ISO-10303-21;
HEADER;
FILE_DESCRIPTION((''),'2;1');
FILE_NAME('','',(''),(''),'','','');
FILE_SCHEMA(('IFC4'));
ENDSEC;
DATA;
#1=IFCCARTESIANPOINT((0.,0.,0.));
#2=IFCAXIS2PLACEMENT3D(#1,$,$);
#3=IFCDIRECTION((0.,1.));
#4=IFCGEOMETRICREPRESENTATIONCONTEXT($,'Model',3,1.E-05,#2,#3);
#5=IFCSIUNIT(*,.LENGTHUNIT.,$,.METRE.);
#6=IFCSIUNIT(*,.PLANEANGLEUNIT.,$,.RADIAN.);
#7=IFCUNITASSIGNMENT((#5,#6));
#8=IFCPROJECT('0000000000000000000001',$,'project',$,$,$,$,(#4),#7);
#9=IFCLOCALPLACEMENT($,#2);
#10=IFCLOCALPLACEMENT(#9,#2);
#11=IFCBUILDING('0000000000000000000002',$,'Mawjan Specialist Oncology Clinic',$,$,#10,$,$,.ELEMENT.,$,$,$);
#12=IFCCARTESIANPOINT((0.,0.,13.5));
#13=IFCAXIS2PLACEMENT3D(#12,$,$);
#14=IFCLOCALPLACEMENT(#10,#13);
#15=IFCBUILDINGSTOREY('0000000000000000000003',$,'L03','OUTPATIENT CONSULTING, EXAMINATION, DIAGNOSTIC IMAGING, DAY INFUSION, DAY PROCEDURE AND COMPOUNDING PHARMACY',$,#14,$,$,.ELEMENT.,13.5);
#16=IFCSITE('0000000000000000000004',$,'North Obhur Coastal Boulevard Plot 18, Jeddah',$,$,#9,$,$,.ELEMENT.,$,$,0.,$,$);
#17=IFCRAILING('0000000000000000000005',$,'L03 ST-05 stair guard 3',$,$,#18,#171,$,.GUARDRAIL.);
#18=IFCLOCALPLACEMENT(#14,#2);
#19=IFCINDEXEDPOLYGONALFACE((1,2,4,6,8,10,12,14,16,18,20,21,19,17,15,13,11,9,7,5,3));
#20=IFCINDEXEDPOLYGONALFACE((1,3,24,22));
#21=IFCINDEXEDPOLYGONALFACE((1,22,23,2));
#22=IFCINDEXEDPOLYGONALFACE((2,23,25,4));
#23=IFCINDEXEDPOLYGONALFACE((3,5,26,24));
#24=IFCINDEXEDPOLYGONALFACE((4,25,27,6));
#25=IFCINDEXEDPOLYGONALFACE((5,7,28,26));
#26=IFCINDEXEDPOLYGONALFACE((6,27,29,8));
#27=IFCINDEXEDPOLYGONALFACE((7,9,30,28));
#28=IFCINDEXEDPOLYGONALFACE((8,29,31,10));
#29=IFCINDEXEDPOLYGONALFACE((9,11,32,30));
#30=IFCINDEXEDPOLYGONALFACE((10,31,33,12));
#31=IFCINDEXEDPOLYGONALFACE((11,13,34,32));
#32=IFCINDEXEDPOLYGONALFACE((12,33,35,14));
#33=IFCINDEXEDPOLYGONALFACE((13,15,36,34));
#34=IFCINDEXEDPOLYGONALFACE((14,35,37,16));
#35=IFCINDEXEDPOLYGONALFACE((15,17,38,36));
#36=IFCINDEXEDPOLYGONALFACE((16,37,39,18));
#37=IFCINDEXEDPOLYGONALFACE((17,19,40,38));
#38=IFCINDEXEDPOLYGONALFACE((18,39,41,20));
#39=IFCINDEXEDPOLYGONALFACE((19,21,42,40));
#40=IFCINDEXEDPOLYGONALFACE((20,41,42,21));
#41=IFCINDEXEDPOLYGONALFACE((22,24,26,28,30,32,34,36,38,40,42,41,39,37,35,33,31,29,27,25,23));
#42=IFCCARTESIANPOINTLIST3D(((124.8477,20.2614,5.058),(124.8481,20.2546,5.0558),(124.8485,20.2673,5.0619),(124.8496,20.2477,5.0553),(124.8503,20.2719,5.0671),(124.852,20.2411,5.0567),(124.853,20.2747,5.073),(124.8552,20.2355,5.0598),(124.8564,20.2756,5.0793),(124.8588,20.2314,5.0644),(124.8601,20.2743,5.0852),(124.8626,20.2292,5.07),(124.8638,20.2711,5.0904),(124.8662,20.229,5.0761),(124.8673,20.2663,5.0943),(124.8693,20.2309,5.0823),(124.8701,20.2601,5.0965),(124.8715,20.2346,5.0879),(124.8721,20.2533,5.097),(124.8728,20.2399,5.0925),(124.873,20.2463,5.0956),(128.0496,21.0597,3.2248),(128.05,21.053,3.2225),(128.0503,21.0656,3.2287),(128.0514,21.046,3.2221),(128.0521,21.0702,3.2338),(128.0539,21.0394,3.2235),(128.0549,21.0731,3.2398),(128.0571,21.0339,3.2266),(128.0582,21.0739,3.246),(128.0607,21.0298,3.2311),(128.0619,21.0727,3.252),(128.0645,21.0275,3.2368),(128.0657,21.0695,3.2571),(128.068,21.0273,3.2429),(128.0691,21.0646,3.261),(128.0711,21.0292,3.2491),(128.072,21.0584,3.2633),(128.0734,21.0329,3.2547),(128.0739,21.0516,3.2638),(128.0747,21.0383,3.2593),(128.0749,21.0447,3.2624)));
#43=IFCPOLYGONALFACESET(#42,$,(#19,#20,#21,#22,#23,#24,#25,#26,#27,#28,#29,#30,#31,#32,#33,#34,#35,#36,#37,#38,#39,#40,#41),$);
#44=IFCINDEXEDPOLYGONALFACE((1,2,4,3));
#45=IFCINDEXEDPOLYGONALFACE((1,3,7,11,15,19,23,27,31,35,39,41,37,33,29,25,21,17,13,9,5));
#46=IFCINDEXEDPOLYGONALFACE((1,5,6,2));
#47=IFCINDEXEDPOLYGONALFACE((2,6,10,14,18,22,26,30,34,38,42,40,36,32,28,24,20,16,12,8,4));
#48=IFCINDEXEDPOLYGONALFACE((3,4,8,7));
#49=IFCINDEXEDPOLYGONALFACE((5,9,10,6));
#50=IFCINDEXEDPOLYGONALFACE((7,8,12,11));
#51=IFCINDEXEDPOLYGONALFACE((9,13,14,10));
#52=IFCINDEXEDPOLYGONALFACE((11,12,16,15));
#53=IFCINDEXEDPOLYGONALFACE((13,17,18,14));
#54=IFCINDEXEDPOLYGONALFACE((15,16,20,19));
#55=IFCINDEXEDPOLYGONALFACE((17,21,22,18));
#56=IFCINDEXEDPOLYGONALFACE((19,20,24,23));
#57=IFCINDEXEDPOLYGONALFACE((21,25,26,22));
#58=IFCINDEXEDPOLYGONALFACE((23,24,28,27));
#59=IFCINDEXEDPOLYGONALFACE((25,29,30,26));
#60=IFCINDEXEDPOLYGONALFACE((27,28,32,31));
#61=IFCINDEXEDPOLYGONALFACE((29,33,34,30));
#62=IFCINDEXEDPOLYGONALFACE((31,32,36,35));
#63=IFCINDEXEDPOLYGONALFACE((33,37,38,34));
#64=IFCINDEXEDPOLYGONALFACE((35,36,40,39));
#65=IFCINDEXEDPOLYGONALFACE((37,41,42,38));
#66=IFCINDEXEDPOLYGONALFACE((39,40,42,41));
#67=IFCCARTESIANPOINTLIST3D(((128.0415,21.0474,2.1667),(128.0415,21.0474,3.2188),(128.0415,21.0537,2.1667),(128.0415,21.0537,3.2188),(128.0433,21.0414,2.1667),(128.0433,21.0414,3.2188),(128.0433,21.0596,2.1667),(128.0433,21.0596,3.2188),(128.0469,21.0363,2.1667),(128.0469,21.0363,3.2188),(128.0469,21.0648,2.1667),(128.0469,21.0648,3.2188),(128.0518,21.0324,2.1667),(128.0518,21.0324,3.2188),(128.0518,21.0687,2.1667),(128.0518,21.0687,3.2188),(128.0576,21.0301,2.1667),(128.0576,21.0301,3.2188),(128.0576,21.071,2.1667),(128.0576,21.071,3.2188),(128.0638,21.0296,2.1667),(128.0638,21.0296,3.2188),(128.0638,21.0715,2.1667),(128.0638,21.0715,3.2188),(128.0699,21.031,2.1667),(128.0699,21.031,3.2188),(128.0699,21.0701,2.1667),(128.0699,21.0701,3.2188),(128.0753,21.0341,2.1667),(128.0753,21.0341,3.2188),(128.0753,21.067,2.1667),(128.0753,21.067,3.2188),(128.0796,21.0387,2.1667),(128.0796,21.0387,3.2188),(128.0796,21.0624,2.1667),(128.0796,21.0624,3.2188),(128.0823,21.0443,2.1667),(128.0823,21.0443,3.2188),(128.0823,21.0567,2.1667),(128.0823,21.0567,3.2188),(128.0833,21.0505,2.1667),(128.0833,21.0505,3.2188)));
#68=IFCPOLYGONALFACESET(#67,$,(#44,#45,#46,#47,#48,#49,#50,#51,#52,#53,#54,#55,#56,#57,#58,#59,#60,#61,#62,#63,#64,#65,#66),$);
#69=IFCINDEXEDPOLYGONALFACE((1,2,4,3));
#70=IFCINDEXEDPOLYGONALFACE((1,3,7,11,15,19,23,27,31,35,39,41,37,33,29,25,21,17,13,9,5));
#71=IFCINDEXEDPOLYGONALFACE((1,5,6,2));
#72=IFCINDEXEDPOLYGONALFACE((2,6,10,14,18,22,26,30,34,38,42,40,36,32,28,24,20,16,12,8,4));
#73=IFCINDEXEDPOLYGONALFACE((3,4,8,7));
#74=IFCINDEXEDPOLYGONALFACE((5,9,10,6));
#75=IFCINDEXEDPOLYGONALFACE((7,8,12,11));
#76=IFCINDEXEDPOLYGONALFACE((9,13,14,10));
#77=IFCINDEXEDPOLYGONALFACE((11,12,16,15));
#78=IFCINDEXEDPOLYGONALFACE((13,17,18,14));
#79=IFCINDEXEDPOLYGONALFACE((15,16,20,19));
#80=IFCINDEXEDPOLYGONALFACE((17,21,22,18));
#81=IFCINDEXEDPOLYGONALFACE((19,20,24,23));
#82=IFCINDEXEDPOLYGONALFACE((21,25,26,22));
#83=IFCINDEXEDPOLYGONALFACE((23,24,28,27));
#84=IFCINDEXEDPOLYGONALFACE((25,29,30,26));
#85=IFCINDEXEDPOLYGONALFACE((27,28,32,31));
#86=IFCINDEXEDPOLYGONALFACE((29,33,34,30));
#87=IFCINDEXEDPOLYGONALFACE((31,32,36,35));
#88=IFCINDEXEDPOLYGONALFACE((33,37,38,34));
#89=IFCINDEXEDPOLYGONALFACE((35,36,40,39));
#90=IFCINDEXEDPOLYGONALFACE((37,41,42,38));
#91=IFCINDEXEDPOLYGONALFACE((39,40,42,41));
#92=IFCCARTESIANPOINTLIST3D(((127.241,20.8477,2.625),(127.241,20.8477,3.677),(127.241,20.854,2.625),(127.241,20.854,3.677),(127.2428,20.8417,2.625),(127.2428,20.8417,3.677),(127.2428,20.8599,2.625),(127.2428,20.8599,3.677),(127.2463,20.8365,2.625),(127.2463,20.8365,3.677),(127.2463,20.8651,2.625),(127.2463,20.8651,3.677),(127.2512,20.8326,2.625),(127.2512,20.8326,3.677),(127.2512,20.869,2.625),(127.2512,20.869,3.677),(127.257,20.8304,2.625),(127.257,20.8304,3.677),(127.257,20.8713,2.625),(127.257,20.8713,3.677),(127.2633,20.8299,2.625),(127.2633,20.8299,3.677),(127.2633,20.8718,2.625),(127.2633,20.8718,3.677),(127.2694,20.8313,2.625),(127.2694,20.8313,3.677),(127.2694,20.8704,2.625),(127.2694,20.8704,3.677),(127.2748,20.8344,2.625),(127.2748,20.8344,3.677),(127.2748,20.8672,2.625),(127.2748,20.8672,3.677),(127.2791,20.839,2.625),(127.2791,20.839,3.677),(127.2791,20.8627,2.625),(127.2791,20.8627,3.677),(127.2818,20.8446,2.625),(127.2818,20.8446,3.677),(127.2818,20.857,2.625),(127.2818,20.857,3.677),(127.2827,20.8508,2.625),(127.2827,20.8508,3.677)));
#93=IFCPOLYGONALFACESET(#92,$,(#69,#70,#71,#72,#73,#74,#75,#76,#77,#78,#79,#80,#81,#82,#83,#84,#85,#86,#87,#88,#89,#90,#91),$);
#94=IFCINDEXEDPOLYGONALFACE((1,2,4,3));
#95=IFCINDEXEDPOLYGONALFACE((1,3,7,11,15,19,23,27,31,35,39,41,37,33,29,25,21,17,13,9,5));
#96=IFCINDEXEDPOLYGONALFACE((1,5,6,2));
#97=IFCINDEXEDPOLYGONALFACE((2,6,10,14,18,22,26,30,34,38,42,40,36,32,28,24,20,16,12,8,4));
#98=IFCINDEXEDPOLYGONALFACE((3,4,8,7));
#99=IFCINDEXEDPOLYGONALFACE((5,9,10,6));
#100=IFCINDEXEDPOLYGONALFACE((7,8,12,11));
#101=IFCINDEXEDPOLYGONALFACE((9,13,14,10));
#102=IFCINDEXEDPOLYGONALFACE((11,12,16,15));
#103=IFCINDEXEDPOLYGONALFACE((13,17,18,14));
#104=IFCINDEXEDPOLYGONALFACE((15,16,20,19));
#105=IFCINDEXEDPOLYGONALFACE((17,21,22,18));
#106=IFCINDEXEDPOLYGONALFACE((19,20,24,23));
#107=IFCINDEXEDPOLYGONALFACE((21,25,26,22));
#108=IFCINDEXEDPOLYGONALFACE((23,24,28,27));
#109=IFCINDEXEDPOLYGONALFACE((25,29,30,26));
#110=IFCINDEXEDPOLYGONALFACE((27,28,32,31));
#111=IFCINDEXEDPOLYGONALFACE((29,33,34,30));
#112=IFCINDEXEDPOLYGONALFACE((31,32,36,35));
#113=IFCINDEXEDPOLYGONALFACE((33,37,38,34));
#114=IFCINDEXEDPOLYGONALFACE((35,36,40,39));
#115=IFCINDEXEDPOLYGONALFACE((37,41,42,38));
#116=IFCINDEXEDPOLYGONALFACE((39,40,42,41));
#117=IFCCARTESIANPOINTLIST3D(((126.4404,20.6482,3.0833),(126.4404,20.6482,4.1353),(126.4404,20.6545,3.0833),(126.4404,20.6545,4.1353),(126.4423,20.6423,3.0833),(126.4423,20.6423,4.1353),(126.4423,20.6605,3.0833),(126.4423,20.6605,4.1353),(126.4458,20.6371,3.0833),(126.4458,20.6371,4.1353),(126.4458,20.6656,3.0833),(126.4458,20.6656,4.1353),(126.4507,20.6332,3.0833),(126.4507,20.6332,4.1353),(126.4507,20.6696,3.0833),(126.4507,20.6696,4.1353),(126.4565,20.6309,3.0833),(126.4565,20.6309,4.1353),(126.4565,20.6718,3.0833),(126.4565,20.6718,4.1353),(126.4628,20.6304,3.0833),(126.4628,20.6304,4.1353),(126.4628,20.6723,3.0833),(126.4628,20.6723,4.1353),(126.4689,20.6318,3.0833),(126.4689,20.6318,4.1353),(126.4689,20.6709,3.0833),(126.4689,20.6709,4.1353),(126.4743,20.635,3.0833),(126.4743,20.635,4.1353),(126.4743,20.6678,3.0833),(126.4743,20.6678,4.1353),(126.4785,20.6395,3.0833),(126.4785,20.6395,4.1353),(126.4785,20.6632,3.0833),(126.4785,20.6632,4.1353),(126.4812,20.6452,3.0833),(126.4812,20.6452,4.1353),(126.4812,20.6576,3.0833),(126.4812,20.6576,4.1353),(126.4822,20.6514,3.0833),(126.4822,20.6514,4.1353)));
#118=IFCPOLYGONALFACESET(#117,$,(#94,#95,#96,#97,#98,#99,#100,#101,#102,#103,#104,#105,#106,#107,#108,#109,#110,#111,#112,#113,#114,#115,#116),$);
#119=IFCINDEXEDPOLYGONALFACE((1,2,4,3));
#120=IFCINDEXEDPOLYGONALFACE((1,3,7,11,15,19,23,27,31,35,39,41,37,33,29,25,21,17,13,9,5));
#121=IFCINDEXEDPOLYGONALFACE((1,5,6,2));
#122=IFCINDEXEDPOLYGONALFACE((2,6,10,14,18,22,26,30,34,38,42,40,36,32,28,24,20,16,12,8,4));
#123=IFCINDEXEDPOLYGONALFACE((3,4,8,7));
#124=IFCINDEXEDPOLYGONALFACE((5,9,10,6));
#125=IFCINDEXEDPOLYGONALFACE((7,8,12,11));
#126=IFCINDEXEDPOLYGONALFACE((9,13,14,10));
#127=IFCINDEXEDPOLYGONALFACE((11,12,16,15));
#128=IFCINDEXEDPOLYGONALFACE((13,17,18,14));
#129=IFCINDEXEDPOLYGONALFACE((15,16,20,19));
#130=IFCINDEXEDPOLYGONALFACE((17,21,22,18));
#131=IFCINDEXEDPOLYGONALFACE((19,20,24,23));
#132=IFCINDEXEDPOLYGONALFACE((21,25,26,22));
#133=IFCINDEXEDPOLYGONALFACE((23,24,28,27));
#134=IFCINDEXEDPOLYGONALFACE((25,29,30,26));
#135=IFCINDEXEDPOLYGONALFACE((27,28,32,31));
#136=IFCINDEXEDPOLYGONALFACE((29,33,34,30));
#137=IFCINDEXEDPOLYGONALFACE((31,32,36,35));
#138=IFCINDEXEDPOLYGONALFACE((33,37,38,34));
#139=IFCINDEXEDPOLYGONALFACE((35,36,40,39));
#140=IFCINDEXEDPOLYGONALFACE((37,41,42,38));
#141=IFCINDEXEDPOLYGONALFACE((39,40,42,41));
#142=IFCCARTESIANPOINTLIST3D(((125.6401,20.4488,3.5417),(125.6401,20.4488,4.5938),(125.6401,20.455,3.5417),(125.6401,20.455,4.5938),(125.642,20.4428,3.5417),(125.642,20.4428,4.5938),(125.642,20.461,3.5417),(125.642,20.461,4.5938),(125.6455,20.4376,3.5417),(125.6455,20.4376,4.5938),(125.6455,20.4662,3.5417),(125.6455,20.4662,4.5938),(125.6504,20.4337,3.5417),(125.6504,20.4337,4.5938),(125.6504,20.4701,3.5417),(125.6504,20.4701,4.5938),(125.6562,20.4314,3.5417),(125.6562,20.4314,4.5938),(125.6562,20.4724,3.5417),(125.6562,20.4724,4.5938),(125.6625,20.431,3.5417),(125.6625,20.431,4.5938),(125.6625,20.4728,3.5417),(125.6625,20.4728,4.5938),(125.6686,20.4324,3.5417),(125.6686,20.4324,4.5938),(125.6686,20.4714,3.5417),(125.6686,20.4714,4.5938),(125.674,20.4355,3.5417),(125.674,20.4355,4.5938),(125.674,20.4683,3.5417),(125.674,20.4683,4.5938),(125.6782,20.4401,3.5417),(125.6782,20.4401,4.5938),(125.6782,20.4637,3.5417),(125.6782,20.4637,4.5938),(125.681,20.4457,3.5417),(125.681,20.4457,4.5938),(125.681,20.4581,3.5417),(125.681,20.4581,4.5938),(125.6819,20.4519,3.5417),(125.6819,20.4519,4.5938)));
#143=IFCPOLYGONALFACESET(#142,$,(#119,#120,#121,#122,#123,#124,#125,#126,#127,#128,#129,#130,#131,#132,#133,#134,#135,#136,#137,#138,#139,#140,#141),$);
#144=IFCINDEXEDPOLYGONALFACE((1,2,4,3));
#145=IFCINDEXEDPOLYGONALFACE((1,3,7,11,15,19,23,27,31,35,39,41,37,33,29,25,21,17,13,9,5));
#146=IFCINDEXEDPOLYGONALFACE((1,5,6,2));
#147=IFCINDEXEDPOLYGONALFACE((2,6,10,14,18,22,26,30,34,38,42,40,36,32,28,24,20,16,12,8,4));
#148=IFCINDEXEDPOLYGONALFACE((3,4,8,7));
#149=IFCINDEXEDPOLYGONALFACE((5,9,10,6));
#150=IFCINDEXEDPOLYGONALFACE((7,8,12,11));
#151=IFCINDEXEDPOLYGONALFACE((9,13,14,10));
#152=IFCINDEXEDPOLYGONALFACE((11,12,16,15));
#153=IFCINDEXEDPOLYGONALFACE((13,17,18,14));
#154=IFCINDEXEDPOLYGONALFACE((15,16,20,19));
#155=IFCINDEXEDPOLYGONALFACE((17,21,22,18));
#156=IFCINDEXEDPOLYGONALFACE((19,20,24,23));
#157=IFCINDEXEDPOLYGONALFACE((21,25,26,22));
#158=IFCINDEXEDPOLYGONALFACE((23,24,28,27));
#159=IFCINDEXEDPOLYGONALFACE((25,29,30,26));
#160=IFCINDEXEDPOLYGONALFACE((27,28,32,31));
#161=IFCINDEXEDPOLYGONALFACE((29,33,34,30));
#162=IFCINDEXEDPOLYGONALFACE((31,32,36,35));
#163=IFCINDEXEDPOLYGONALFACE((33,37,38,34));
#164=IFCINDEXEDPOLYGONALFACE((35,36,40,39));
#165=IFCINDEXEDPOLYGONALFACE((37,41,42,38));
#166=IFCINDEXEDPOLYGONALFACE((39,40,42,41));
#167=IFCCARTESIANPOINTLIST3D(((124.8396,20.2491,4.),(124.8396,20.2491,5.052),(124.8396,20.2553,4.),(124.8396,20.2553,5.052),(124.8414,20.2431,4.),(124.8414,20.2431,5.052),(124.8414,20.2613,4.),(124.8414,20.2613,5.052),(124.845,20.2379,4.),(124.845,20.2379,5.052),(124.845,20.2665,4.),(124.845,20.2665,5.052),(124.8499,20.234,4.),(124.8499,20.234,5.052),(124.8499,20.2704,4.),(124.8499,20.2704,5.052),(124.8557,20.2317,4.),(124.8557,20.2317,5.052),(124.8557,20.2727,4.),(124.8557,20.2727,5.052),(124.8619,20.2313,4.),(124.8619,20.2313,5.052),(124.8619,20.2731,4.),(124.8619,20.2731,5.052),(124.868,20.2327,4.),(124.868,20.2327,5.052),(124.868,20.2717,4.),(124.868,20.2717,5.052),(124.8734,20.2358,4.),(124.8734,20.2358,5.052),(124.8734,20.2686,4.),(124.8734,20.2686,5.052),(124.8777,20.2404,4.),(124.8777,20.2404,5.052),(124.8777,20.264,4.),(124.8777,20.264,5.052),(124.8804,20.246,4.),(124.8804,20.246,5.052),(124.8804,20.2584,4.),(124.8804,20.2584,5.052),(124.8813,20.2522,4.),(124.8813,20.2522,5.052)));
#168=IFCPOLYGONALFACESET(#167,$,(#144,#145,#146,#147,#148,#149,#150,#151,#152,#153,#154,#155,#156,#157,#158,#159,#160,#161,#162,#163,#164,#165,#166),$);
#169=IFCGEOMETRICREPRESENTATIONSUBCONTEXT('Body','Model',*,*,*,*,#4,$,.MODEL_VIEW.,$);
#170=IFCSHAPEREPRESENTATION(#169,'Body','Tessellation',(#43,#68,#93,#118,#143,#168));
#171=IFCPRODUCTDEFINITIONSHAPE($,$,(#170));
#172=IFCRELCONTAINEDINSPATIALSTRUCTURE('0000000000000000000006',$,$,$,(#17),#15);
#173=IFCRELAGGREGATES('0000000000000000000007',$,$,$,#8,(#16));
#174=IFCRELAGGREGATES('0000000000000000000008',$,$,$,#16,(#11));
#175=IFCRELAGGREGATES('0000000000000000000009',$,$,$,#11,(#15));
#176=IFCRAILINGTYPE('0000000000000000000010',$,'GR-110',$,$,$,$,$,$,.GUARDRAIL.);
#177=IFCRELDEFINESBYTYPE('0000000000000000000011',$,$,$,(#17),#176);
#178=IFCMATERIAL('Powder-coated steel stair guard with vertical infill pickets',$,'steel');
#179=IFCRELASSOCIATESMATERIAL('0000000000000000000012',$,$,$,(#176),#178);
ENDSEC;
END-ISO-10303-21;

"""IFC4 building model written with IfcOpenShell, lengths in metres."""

from ifc_helpers import new_model, si_unit, direction, frame, origin, origin_2d, place, context, subcontext, project, spatial, circle, extrude, material, type_object, element, save


model = new_model("IFC4")

# Units and contexts
model_context = context("Model", 3, precision=1e-05, world=origin(), true_north=direction((0.0, 1.0)))
body_context = subcontext(model_context, "Body", "Model", "MODEL_VIEW")
ifc_project = project(units=[si_unit("LENGTHUNIT", "METRE"), si_unit("PLANEANGLEUNIT", "RADIAN")], contexts=[model_context])

# Site, building, storey
site_placement = place(None, origin())
site = spatial("IfcSite", under=ifc_project, at=site_placement, Name="North Obhur Coastal Boulevard Plot 18, Jeddah", CompositionType="ELEMENT", RefElevation=0.0)
building_placement = place(site_placement, origin())
building = spatial("IfcBuilding", under=site, at=building_placement, Name="Mawjan Specialist Oncology Clinic", CompositionType="ELEMENT")
storey_placement = place(building_placement, frame((0.0, 0.0, 13.5)))
storey = spatial("IfcBuildingStorey", under=building, at=storey_placement, Name="L03", Description="OUTPATIENT CONSULTING, EXAMINATION, DIAGNOSTIC IMAGING, DAY INFUSION, DAY PROCEDURE AND COMPOUNDING PHARMACY", CompositionType="ELEMENT", Elevation=13.5)

# Railing
ifc_material_1 = material(Name="Powder-coated steel stair guard with vertical infill pickets", Category="steel")
railing_type_1 = type_object("IfcRailingType", Name="GR-110", PredefinedType="GUARDRAIL", material=ifc_material_1)
railing_1_placement = place(storey_placement, frame((128.0623, 21.0505, 2.1667)))
element("IfcRailing", 1, at=railing_1_placement, inside=storey, type_object=railing_type_1, Name="L03 ST-05 stair guard 3", PredefinedType="GUARDRAIL", context=body_context, shape_type="SweptSolid", body=[
    extrude(circle(Radius=0.0239, at=origin_2d()), frame((0.0, 0.0, 1.0762), z_axis=(-0.848195, -0.211483, 0.485634), x_axis=(0.241926, -0.970295, 0.0)), (0.0, 0.0, 1.0), 3.7749),
    extrude(circle(Radius=0.021, at=origin_2d()), origin(), (0.0, 0.0, 1.0), 1.052),
    extrude(circle(Radius=0.021, at=origin_2d()), frame((-0.8005, -0.1997, 0.4583)), (0.0, 0.0, 1.0), 1.052),
    extrude(circle(Radius=0.021, at=origin_2d()), frame((-1.6011, -0.3992, 0.9165)), (0.0, 0.0, 1.0), 1.052),
    extrude(circle(Radius=0.021, at=origin_2d()), frame((-2.4014, -0.5986, 1.375)), (0.0, 0.0, 1.0), 1.052),
    extrude(circle(Radius=0.021, at=origin_2d()), frame((-3.2019, -0.7983, 1.8333)), (0.0, 0.0, 1.0), 1.052),
])

save(model, "model.ifc")
